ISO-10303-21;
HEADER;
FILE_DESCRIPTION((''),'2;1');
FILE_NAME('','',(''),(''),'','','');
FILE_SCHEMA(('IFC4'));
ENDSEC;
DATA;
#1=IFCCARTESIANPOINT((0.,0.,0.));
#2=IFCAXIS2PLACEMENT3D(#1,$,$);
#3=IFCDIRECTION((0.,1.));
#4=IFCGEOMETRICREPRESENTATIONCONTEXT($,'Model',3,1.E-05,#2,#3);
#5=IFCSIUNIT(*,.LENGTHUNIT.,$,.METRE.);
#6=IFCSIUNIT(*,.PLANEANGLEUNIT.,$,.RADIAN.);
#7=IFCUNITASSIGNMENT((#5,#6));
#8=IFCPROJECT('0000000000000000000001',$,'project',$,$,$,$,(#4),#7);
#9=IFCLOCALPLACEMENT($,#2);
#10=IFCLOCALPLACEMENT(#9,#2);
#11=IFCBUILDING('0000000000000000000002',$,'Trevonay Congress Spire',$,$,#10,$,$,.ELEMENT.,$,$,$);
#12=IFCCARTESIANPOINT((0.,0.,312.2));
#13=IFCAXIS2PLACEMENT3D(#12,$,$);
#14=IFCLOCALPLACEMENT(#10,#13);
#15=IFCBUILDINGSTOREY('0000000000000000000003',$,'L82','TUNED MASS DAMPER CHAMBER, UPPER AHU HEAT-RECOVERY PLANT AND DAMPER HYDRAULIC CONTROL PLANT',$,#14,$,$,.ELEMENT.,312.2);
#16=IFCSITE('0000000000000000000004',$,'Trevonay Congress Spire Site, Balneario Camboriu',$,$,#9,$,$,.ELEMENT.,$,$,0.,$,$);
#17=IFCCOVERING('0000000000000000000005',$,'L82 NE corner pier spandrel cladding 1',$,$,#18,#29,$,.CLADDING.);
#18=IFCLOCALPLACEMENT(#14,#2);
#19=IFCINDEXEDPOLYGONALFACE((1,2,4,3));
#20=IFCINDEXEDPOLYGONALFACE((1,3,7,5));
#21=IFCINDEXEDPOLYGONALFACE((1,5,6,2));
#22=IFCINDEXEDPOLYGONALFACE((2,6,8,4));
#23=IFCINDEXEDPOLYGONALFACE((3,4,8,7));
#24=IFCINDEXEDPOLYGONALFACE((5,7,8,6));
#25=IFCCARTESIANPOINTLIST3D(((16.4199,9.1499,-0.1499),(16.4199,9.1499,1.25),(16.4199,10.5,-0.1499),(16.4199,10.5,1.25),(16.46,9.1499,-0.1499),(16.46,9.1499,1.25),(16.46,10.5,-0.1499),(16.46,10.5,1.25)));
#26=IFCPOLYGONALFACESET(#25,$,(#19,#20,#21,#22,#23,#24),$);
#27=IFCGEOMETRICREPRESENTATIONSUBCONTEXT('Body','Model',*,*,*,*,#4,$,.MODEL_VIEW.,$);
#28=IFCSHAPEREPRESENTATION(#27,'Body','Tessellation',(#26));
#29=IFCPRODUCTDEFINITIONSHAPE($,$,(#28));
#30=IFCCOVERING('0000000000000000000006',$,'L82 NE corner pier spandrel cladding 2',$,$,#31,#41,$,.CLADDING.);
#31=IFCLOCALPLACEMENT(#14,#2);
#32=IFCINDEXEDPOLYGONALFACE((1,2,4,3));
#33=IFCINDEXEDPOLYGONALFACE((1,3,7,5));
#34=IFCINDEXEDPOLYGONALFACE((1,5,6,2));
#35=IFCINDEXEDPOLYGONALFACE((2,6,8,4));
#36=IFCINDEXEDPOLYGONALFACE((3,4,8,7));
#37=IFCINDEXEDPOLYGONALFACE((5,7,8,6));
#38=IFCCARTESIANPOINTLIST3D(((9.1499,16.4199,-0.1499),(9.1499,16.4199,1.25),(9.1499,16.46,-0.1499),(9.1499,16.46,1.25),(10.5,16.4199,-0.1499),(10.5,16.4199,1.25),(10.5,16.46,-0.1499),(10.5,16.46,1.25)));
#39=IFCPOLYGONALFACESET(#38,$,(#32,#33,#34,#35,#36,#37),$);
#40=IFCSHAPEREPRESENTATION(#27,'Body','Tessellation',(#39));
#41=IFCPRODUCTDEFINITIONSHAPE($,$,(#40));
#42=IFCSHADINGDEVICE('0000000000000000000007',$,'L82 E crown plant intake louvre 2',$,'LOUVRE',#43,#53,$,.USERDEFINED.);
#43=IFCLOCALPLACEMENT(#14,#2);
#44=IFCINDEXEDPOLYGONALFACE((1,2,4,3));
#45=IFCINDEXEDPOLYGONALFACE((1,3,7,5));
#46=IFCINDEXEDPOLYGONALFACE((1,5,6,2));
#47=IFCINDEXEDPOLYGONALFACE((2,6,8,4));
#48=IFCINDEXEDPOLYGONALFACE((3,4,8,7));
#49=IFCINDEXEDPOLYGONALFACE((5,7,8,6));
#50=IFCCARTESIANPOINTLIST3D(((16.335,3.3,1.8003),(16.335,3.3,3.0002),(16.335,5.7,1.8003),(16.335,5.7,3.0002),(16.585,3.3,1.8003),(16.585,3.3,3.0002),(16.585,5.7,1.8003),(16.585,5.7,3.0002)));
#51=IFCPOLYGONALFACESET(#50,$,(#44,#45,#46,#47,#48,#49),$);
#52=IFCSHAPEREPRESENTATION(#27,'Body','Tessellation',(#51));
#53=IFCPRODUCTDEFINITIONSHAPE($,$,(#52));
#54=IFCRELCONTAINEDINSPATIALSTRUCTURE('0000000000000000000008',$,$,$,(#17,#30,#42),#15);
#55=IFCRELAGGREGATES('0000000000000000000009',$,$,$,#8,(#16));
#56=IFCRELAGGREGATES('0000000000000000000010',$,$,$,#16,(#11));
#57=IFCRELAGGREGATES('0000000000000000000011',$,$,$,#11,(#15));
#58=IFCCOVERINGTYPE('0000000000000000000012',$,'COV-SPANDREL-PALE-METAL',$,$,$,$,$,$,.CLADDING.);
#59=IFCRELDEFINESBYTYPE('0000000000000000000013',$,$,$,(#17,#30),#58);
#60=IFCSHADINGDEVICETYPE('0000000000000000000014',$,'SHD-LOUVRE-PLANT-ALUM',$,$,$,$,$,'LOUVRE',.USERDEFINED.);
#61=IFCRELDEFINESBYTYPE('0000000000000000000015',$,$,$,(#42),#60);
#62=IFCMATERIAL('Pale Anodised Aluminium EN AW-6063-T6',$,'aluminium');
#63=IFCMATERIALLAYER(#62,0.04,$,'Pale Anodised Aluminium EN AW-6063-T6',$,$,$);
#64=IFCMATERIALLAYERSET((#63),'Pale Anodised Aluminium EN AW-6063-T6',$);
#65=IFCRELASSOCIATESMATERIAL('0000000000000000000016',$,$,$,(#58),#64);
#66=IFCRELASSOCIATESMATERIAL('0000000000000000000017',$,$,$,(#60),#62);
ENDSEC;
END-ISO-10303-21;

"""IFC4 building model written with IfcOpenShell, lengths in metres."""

from ifc_helpers import new_model, si_unit, direction, frame, frame_2d, origin, origin_2d, place, context, subcontext, project, spatial, rectangle, extrude, material, layer, layer_set, type_object, element, save


model = new_model("IFC4")

# Units and contexts
model_context = context("Model", 3, precision=1e-05, world=origin(), true_north=direction((0.0, 1.0)))
body_context = subcontext(model_context, "Body", "Model", "MODEL_VIEW")
ifc_project = project(units=[si_unit("LENGTHUNIT", "METRE"), si_unit("PLANEANGLEUNIT", "RADIAN")], contexts=[model_context])

# Site, building, storey
site_placement = place(None, origin())
site = spatial("IfcSite", under=ifc_project, at=site_placement, Name="Trevonay Congress Spire Site, Balneario Camboriu", CompositionType="ELEMENT", RefElevation=0.0)
building_placement = place(site_placement, origin())
building = spatial("IfcBuilding", under=site, at=building_placement, Name="Trevonay Congress Spire", CompositionType="ELEMENT")
storey_placement = place(building_placement, frame((0.0, 0.0, 312.2)))
storey = spatial("IfcBuildingStorey", under=building, at=storey_placement, Name="L82", Description="TUNED MASS DAMPER CHAMBER, UPPER AHU HEAT-RECOVERY PLANT AND DAMPER HYDRAULIC CONTROL PLANT", CompositionType="ELEMENT", Elevation=312.2)

# Shared definitions
ifc_material_1 = material(Name="Pale Anodised Aluminium EN AW-6063-T6", Category="aluminium")

# Coverings
ifc_layer_1 = layer(ifc_material_1, 0.04, Name="Pale Anodised Aluminium EN AW-6063-T6")
ifc_layer_set_1 = layer_set([ifc_layer_1], Name="Pale Anodised Aluminium EN AW-6063-T6")
covering_type = type_object("IfcCoveringType", Name="COV-SPANDREL-PALE-METAL", PredefinedType="CLADDING", material=ifc_layer_set_1)
for number, where, z_axis, x_axis, name in (
    (1, (16.4399, 9.1499, -0.1499), (0.0, 0.0, 1.0), (0.0, 1.0, 0.0), "L82 NE corner pier spandrel cladding 1"),
    (2, (9.1499, 16.4399, -0.1499), (0.0, 0.0, 1.0), (1.0, 0.0, 0.0), "L82 NE corner pier spandrel cladding 2"),
):
    element("IfcCovering", number, at=place(storey_placement, frame(where, z_axis=z_axis, x_axis=x_axis)), inside=storey, type_object=covering_type, Name=name, PredefinedType="CLADDING", context=body_context, shape_type="SweptSolid", body=[
        extrude(rectangle(XDim=1.3501, YDim=0.04, at=frame_2d((0.675, 0.0))), origin(), (0.0, 0.0, 1.0), 1.3999),
    ])

# Shading device
shading_device_type = type_object("IfcShadingDeviceType", Name="SHD-LOUVRE-PLANT-ALUM", ElementType="LOUVRE", PredefinedType="USERDEFINED", material=ifc_material_1)
shading_device_placement = place(storey_placement, frame((16.46, 4.5, 1.8003), z_axis=(0.0, 0.0, 1.0), x_axis=(0.0, 1.0, 0.0)))
element("IfcShadingDevice", 3, at=shading_device_placement, inside=storey, type_object=shading_device_type, Name="L82 E crown plant intake louvre 2", ObjectType="LOUVRE", PredefinedType="USERDEFINED", context=body_context, shape_type="SweptSolid", body=[
    extrude(rectangle(XDim=2.3999, YDim=0.25, at=origin_2d()), origin(), (0.0, 0.0, 1.0), 1.2),
])

save(model, "model.ifc")
